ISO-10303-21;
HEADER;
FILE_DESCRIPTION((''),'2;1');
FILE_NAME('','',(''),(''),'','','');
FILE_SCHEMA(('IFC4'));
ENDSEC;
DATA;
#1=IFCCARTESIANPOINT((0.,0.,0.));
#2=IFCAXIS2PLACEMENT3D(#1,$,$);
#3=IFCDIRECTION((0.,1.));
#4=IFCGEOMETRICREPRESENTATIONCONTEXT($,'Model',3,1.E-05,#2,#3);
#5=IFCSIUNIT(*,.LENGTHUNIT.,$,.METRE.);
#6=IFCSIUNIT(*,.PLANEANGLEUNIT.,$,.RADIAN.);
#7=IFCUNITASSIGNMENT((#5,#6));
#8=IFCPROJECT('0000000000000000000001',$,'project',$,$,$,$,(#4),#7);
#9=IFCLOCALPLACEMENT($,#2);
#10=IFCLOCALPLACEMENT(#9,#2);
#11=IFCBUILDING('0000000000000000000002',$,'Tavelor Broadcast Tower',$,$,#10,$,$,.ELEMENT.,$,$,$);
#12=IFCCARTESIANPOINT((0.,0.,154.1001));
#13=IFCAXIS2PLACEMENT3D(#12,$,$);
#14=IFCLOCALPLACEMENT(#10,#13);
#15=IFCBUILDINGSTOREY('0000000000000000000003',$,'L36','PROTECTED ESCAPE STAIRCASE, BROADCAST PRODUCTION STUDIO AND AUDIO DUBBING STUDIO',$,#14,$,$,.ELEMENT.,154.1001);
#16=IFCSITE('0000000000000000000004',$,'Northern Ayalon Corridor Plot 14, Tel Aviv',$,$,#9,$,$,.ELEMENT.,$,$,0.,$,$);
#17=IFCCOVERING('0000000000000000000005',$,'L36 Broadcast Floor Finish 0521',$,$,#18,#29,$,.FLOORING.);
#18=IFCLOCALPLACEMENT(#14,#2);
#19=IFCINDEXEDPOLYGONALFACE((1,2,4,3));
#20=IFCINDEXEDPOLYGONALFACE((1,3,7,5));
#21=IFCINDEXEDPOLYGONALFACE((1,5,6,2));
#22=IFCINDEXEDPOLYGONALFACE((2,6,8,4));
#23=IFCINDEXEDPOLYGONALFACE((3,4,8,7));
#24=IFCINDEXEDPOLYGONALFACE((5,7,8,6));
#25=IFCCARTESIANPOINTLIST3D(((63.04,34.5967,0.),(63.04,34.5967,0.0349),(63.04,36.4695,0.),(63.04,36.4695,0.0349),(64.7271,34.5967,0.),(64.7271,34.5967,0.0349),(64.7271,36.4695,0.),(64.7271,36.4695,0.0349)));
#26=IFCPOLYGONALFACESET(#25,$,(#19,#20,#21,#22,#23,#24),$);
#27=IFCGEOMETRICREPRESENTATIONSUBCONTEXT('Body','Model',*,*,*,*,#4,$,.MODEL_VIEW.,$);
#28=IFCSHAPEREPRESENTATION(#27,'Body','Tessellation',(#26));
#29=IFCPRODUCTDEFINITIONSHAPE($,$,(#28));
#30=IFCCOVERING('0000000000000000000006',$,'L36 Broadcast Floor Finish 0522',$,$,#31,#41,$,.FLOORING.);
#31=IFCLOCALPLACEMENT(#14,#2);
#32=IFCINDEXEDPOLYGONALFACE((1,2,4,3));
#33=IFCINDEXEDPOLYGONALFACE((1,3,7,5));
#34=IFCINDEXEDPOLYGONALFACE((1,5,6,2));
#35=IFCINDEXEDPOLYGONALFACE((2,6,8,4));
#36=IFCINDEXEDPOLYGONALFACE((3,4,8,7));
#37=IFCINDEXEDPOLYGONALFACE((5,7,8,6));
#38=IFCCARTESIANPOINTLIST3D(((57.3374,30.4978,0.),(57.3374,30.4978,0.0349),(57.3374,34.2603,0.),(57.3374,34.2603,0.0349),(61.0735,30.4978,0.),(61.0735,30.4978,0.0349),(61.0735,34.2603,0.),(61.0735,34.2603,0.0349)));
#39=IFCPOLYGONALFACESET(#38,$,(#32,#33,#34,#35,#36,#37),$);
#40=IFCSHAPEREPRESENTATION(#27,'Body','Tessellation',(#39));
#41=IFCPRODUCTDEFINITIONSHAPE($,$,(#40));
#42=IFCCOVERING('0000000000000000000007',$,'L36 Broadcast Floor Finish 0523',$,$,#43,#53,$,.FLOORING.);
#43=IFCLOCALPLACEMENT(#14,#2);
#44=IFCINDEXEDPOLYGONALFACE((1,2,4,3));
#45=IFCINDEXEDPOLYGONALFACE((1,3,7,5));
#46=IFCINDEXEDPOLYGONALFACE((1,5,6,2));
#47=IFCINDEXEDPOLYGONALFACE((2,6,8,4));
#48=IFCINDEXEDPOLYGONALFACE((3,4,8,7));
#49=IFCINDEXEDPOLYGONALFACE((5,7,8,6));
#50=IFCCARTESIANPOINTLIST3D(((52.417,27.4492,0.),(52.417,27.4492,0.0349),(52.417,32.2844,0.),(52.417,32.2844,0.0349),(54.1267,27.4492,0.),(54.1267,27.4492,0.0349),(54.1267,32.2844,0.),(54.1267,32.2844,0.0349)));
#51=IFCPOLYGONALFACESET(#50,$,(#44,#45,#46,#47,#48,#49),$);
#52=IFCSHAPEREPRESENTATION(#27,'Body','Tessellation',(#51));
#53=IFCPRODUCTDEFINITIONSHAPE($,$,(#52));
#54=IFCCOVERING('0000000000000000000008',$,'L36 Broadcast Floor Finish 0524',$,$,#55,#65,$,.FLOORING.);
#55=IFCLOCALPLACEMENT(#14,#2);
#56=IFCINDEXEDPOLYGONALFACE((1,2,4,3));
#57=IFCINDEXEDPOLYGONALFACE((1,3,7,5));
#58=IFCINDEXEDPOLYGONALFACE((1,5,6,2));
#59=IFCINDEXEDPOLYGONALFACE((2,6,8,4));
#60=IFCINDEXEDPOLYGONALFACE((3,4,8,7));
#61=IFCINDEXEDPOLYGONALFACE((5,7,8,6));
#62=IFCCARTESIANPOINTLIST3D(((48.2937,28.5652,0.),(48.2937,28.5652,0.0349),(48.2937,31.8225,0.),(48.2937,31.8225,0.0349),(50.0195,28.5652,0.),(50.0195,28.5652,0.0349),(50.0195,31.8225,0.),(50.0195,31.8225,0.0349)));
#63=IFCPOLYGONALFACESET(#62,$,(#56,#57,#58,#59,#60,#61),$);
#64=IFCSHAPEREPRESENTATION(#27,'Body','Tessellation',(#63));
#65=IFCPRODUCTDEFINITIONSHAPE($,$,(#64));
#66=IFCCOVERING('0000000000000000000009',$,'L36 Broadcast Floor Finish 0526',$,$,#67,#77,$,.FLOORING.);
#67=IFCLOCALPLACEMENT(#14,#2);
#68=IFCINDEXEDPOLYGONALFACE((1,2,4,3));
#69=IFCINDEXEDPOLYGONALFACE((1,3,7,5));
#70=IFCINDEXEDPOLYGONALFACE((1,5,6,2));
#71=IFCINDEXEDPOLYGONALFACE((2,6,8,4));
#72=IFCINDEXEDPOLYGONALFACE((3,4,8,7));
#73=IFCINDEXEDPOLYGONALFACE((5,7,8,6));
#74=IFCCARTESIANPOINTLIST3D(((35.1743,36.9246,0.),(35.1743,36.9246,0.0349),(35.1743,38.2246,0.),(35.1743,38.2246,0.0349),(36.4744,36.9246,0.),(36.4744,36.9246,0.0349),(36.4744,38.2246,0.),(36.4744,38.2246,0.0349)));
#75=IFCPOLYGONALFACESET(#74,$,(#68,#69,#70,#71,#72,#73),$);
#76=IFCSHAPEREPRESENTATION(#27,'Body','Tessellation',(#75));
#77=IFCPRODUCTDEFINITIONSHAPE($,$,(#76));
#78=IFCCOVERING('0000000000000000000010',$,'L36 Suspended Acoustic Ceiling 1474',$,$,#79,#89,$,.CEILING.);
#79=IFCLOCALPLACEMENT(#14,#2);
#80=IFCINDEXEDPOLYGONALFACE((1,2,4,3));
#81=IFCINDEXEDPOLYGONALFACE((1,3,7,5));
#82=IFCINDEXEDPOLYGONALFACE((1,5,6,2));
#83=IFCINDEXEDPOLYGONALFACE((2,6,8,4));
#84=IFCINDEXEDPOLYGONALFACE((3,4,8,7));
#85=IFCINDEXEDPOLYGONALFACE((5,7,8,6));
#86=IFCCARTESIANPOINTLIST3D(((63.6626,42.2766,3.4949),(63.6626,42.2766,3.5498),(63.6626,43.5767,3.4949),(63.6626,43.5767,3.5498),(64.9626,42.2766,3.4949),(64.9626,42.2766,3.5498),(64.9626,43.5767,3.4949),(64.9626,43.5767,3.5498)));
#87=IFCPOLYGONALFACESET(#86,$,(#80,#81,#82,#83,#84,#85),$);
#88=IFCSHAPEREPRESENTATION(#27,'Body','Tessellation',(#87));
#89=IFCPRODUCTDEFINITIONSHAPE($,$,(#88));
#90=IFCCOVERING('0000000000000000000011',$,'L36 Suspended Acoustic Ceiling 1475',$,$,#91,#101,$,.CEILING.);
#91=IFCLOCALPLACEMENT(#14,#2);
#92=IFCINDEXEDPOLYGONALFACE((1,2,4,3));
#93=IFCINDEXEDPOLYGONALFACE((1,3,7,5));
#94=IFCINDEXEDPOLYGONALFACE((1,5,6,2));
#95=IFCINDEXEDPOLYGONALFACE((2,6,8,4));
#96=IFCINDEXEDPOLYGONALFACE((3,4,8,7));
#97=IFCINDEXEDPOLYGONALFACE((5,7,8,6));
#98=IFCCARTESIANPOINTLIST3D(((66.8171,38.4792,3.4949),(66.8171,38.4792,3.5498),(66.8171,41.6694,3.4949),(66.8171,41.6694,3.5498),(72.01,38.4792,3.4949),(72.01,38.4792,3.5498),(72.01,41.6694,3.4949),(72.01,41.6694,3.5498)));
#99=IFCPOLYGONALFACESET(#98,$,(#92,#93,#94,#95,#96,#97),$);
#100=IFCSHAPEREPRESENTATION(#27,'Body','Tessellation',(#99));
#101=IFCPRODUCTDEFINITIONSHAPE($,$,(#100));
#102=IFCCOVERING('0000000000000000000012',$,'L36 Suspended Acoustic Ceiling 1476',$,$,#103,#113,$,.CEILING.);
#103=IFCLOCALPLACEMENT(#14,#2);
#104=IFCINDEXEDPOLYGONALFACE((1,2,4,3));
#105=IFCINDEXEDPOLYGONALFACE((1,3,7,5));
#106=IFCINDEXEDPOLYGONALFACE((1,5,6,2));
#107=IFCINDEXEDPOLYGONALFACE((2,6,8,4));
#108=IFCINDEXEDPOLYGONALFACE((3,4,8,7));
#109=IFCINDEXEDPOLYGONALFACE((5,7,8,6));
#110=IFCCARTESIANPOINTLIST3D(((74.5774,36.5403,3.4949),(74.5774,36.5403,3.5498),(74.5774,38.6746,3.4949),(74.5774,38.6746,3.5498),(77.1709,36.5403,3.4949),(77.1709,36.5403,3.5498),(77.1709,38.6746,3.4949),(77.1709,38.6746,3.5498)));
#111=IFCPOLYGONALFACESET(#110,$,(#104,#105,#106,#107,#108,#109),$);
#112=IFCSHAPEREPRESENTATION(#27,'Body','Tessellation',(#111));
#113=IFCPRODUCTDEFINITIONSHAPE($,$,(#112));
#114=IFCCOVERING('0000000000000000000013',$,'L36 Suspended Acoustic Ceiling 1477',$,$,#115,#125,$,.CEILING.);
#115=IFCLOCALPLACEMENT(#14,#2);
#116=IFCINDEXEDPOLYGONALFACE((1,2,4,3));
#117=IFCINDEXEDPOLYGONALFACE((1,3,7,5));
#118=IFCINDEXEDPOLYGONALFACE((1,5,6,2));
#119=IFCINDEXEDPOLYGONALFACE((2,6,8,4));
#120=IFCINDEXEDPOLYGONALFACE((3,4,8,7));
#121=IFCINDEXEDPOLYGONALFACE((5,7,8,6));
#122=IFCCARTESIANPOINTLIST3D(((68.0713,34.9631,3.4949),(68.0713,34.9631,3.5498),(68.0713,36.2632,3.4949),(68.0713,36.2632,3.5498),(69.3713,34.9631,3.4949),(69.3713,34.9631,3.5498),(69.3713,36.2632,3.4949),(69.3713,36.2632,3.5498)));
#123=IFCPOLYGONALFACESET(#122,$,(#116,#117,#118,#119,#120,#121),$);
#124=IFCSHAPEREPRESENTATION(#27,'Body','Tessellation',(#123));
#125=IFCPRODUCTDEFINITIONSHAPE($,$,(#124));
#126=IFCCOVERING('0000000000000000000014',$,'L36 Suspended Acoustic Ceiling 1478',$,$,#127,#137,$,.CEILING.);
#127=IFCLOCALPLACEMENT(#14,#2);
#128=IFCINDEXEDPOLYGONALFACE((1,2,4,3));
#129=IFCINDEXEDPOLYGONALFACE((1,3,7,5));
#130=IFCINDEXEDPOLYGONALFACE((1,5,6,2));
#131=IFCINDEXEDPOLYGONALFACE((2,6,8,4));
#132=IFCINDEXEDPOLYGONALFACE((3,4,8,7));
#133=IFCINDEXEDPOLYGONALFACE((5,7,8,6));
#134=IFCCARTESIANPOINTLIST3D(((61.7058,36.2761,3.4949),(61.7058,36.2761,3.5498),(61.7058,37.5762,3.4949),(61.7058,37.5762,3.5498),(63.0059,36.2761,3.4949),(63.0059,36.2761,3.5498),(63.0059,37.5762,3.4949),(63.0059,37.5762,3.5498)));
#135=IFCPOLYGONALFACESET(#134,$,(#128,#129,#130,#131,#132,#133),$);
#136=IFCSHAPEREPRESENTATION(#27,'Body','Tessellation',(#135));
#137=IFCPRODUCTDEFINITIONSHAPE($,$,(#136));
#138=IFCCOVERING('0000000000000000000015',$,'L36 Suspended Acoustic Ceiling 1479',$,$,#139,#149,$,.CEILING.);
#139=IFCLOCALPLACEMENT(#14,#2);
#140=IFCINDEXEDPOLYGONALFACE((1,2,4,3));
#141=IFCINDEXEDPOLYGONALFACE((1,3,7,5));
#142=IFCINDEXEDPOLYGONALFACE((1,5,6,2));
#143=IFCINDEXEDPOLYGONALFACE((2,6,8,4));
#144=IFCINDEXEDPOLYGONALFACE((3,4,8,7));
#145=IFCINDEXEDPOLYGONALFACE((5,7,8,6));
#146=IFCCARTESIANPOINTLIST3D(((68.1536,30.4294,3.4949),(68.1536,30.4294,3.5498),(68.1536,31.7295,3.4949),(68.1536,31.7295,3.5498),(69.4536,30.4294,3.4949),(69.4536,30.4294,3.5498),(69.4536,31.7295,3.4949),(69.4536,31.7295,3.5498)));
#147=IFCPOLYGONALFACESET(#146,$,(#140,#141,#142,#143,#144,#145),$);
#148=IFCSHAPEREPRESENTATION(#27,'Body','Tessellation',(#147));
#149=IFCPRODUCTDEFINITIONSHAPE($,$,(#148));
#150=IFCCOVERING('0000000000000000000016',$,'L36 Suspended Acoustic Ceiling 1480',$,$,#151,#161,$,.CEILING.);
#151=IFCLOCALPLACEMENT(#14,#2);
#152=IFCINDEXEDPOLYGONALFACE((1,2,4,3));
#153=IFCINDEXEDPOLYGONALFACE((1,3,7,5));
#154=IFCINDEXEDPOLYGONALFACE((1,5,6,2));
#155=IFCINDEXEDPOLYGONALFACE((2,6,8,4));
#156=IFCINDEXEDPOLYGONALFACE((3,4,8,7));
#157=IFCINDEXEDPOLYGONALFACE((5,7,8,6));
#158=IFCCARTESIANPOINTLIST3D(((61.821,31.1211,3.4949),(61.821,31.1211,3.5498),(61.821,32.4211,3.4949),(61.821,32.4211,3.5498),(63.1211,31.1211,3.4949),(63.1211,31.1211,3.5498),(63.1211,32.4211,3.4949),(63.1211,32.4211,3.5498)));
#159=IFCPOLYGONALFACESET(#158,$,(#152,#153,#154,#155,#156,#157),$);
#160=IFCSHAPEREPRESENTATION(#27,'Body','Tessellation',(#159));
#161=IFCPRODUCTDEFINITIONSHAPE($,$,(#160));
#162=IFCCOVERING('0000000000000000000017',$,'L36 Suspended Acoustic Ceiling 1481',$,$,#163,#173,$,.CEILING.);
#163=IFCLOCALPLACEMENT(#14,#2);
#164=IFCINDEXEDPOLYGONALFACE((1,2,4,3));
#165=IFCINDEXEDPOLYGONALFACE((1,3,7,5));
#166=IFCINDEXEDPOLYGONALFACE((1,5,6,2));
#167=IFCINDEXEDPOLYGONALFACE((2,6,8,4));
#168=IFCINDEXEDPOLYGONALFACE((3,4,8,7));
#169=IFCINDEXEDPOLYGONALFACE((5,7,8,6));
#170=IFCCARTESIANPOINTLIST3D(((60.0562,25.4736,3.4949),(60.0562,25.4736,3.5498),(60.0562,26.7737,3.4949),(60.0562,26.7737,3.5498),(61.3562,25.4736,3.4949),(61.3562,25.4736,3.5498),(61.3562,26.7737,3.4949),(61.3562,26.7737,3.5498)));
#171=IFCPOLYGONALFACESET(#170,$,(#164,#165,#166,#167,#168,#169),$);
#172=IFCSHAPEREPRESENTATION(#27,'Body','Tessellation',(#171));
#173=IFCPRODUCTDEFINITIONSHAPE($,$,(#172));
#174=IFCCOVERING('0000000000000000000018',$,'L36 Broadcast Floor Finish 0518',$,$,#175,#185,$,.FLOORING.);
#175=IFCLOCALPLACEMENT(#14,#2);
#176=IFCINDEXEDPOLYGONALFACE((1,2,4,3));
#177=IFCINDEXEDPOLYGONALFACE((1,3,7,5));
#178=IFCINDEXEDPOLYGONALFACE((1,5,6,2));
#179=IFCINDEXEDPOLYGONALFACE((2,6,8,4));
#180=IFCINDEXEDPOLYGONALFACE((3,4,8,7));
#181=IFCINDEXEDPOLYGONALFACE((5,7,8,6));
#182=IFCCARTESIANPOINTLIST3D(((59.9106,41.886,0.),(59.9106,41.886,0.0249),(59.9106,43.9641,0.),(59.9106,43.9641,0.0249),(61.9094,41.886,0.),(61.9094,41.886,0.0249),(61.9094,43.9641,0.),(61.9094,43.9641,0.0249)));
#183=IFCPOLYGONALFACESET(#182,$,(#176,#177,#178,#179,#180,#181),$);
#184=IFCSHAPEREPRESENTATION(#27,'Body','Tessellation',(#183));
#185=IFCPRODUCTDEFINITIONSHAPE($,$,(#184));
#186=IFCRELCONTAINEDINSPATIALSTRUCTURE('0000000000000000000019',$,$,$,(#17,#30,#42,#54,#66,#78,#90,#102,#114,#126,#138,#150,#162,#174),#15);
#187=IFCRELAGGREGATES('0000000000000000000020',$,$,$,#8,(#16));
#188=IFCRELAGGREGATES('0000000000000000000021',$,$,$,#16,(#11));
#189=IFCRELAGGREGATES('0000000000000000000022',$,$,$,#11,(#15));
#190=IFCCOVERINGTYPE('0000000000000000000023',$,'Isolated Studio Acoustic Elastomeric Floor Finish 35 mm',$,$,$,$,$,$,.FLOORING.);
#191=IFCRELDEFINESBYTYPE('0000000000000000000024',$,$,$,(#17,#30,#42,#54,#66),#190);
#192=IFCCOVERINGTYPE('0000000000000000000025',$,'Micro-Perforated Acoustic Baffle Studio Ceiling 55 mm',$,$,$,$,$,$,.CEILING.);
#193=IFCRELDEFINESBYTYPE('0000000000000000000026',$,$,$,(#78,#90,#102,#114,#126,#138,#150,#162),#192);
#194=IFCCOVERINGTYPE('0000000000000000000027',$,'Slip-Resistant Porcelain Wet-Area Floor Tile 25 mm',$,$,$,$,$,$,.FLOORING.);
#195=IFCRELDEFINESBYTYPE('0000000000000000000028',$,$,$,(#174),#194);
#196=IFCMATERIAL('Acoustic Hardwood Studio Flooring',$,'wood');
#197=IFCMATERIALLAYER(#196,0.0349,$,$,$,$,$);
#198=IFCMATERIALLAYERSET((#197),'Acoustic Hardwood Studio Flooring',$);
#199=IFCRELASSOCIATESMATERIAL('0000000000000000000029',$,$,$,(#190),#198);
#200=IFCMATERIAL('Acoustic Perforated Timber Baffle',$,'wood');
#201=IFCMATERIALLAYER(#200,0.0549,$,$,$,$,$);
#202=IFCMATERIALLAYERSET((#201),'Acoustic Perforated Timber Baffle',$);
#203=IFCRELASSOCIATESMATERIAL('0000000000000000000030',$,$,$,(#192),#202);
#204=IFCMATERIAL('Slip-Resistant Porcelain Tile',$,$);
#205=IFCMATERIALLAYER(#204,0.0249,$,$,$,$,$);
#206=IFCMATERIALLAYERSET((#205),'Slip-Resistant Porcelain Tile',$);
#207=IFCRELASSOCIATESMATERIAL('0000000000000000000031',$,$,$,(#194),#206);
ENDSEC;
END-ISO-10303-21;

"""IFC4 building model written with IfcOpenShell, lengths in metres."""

from ifc_helpers import new_model, si_unit, direction, frame, origin, place, context, subcontext, project, spatial, polyline, outline, extrude, material, layer, layer_set, type_object, element, save


model = new_model("IFC4")

# Units and contexts
model_context = context("Model", 3, precision=1e-05, world=origin(), true_north=direction((0.0, 1.0)))
body_context = subcontext(model_context, "Body", "Model", "MODEL_VIEW")
ifc_project = project(units=[si_unit("LENGTHUNIT", "METRE"), si_unit("PLANEANGLEUNIT", "RADIAN")], contexts=[model_context])

# Site, building, storey
site_placement = place(None, origin())
site = spatial("IfcSite", under=ifc_project, at=site_placement, Name="Northern Ayalon Corridor Plot 14, Tel Aviv", CompositionType="ELEMENT", RefElevation=0.0)
building_placement = place(site_placement, origin())
building = spatial("IfcBuilding", under=site, at=building_placement, Name="Tavelor Broadcast Tower", CompositionType="ELEMENT")
storey_placement = place(building_placement, frame((0.0, 0.0, 154.1001)))
storey = spatial("IfcBuildingStorey", under=building, at=storey_placement, Name="L36", Description="PROTECTED ESCAPE STAIRCASE, BROADCAST PRODUCTION STUDIO AND AUDIO DUBBING STUDIO", CompositionType="ELEMENT", Elevation=154.1001)

# Coverings
ifc_material_1 = material(Name="Acoustic Hardwood Studio Flooring", Category="wood")
ifc_layer_1 = layer(ifc_material_1, 0.0349)
ifc_layer_set_1 = layer_set([ifc_layer_1], Name="Acoustic Hardwood Studio Flooring")
covering_type_1 = type_object("IfcCoveringType", Name="Isolated Studio Acoustic Elastomeric Floor Finish 35 mm", PredefinedType="FLOORING", material=ifc_layer_set_1)
covering_1_placement = place(storey_placement, origin())
element("IfcCovering", 1, at=covering_1_placement, inside=storey, type_object=covering_type_1, Name="L36 Broadcast Floor Finish 0521", PredefinedType="FLOORING", context=body_context, shape_type="SweptSolid", body=[
    extrude(outline(polyline([(63.04, 34.5967), (64.7271, 34.5967), (64.7271, 36.4695), (63.04, 36.4695), (63.04, 34.5967)])), origin(), (0.0, 0.0, 1.0), 0.0349),
])
covering_2_placement = place(storey_placement, origin())
element("IfcCovering", 2, at=covering_2_placement, inside=storey, type_object=covering_type_1, Name="L36 Broadcast Floor Finish 0522", PredefinedType="FLOORING", context=body_context, shape_type="SweptSolid", body=[
    extrude(outline(polyline([(57.3374, 30.4978), (61.0735, 30.4978), (61.0735, 34.2603), (57.3374, 34.2603), (57.3374, 30.4978)])), origin(), (0.0, 0.0, 1.0), 0.0349),
])
covering_3_placement = place(storey_placement, origin())
element("IfcCovering", 3, at=covering_3_placement, inside=storey, type_object=covering_type_1, Name="L36 Broadcast Floor Finish 0523", PredefinedType="FLOORING", context=body_context, shape_type="SweptSolid", body=[
    extrude(outline(polyline([(52.417, 27.4492), (54.1267, 27.4492), (54.1267, 32.2844), (52.417, 32.2844), (52.417, 27.4492)])), origin(), (0.0, 0.0, 1.0), 0.0349),
])
covering_4_placement = place(storey_placement, origin())
element("IfcCovering", 4, at=covering_4_placement, inside=storey, type_object=covering_type_1, Name="L36 Broadcast Floor Finish 0524", PredefinedType="FLOORING", context=body_context, shape_type="SweptSolid", body=[
    extrude(outline(polyline([(48.2937, 28.5652), (50.0195, 28.5652), (50.0195, 31.8225), (48.2937, 31.8225), (48.2937, 28.5652)])), origin(), (0.0, 0.0, 1.0), 0.0349),
])
covering_5_placement = place(storey_placement, origin())
element("IfcCovering", 5, at=covering_5_placement, inside=storey, type_object=covering_type_1, Name="L36 Broadcast Floor Finish 0526", PredefinedType="FLOORING", context=body_context, shape_type="SweptSolid", body=[
    extrude(outline(polyline([(35.1743, 36.9246), (36.4744, 36.9246), (36.4744, 38.2246), (35.1743, 38.2246), (35.1743, 36.9246)])), origin(), (0.0, 0.0, 1.0), 0.0349),
])
ifc_material_2 = material(Name="Acoustic Perforated Timber Baffle", Category="wood")
ifc_layer_2 = layer(ifc_material_2, 0.0549)
ifc_layer_set_2 = layer_set([ifc_layer_2], Name="Acoustic Perforated Timber Baffle")
covering_type_2 = type_object("IfcCoveringType", Name="Micro-Perforated Acoustic Baffle Studio Ceiling 55 mm", PredefinedType="CEILING", material=ifc_layer_set_2)
covering_6_placement = place(storey_placement, frame((0.0, 0.0, 3.4949)))
element("IfcCovering", 6, at=covering_6_placement, inside=storey, type_object=covering_type_2, Name="L36 Suspended Acoustic Ceiling 1474", PredefinedType="CEILING", context=body_context, shape_type="SweptSolid", body=[
    extrude(outline(polyline([(63.6626, 42.2766), (64.9626, 42.2766), (64.9626, 43.5767), (63.6626, 43.5767), (63.6626, 42.2766)])), origin(), (0.0, 0.0, 1.0), 0.0549),
])
covering_7_placement = place(storey_placement, frame((0.0, 0.0, 3.4949)))
element("IfcCovering", 7, at=covering_7_placement, inside=storey, type_object=covering_type_2, Name="L36 Suspended Acoustic Ceiling 1475", PredefinedType="CEILING", context=body_context, shape_type="SweptSolid", body=[
    extrude(outline(polyline([(66.8171, 38.4792), (72.01, 38.4792), (72.01, 41.6694), (66.8171, 41.6694), (66.8171, 38.4792)])), origin(), (0.0, 0.0, 1.0), 0.0549),
])
covering_8_placement = place(storey_placement, frame((0.0, 0.0, 3.4949)))
element("IfcCovering", 8, at=covering_8_placement, inside=storey, type_object=covering_type_2, Name="L36 Suspended Acoustic Ceiling 1476", PredefinedType="CEILING", context=body_context, shape_type="SweptSolid", body=[
    extrude(outline(polyline([(74.5774, 36.5403), (77.1709, 36.5403), (77.1709, 38.6746), (74.5774, 38.6746), (74.5774, 36.5403)])), origin(), (0.0, 0.0, 1.0), 0.0549),
])
covering_9_placement = place(storey_placement, frame((0.0, 0.0, 3.4949)))
element("IfcCovering", 9, at=covering_9_placement, inside=storey, type_object=covering_type_2, Name="L36 Suspended Acoustic Ceiling 1477", PredefinedType="CEILING", context=body_context, shape_type="SweptSolid", body=[
    extrude(outline(polyline([(68.0713, 34.9631), (69.3713, 34.9631), (69.3713, 36.2632), (68.0713, 36.2632), (68.0713, 34.9631)])), origin(), (0.0, 0.0, 1.0), 0.0549),
])
covering_10_placement = place(storey_placement, frame((0.0, 0.0, 3.4949)))
element("IfcCovering", 10, at=covering_10_placement, inside=storey, type_object=covering_type_2, Name="L36 Suspended Acoustic Ceiling 1478", PredefinedType="CEILING", context=body_context, shape_type="SweptSolid", body=[
    extrude(outline(polyline([(61.7058, 36.2761), (63.0059, 36.2761), (63.0059, 37.5762), (61.7058, 37.5762), (61.7058, 36.2761)])), origin(), (0.0, 0.0, 1.0), 0.0549),
])
covering_11_placement = place(storey_placement, frame((0.0, 0.0, 3.4949)))
element("IfcCovering", 11, at=covering_11_placement, inside=storey, type_object=covering_type_2, Name="L36 Suspended Acoustic Ceiling 1479", PredefinedType="CEILING", context=body_context, shape_type="SweptSolid", body=[
    extrude(outline(polyline([(68.1536, 30.4294), (69.4536, 30.4294), (69.4536, 31.7295), (68.1536, 31.7295), (68.1536, 30.4294)])), origin(), (0.0, 0.0, 1.0), 0.0549),
])
covering_12_placement = place(storey_placement, frame((0.0, 0.0, 3.4949)))
element("IfcCovering", 12, at=covering_12_placement, inside=storey, type_object=covering_type_2, Name="L36 Suspended Acoustic Ceiling 1480", PredefinedType="CEILING", context=body_context, shape_type="SweptSolid", body=[
    extrude(outline(polyline([(61.821, 31.1211), (63.1211, 31.1211), (63.1211, 32.4211), (61.821, 32.4211), (61.821, 31.1211)])), origin(), (0.0, 0.0, 1.0), 0.0549),
])
covering_13_placement = place(storey_placement, frame((0.0, 0.0, 3.4949)))
element("IfcCovering", 13, at=covering_13_placement, inside=storey, type_object=covering_type_2, Name="L36 Suspended Acoustic Ceiling 1481", PredefinedType="CEILING", context=body_context, shape_type="SweptSolid", body=[
    extrude(outline(polyline([(60.0562, 25.4736), (61.3562, 25.4736), (61.3562, 26.7737), (60.0562, 26.7737), (60.0562, 25.4736)])), origin(), (0.0, 0.0, 1.0), 0.0549),
])
ifc_material_3 = material(Name="Slip-Resistant Porcelain Tile")
ifc_layer_3 = layer(ifc_material_3, 0.0249)
ifc_layer_set_3 = layer_set([ifc_layer_3], Name="Slip-Resistant Porcelain Tile")
covering_type_3 = type_object("IfcCoveringType", Name="Slip-Resistant Porcelain Wet-Area Floor Tile 25 mm", PredefinedType="FLOORING", material=ifc_layer_set_3)
covering_14_placement = place(storey_placement, origin())
element("IfcCovering", 14, at=covering_14_placement, inside=storey, type_object=covering_type_3, Name="L36 Broadcast Floor Finish 0518", PredefinedType="FLOORING", context=body_context, shape_type="SweptSolid", body=[
    extrude(outline(polyline([(59.9106, 41.886), (61.9094, 41.886), (61.9094, 43.9641), (59.9106, 43.9641), (59.9106, 41.886)])), origin(), (0.0, 0.0, 1.0), 0.0249),
])

save(model, "model.ifc")
